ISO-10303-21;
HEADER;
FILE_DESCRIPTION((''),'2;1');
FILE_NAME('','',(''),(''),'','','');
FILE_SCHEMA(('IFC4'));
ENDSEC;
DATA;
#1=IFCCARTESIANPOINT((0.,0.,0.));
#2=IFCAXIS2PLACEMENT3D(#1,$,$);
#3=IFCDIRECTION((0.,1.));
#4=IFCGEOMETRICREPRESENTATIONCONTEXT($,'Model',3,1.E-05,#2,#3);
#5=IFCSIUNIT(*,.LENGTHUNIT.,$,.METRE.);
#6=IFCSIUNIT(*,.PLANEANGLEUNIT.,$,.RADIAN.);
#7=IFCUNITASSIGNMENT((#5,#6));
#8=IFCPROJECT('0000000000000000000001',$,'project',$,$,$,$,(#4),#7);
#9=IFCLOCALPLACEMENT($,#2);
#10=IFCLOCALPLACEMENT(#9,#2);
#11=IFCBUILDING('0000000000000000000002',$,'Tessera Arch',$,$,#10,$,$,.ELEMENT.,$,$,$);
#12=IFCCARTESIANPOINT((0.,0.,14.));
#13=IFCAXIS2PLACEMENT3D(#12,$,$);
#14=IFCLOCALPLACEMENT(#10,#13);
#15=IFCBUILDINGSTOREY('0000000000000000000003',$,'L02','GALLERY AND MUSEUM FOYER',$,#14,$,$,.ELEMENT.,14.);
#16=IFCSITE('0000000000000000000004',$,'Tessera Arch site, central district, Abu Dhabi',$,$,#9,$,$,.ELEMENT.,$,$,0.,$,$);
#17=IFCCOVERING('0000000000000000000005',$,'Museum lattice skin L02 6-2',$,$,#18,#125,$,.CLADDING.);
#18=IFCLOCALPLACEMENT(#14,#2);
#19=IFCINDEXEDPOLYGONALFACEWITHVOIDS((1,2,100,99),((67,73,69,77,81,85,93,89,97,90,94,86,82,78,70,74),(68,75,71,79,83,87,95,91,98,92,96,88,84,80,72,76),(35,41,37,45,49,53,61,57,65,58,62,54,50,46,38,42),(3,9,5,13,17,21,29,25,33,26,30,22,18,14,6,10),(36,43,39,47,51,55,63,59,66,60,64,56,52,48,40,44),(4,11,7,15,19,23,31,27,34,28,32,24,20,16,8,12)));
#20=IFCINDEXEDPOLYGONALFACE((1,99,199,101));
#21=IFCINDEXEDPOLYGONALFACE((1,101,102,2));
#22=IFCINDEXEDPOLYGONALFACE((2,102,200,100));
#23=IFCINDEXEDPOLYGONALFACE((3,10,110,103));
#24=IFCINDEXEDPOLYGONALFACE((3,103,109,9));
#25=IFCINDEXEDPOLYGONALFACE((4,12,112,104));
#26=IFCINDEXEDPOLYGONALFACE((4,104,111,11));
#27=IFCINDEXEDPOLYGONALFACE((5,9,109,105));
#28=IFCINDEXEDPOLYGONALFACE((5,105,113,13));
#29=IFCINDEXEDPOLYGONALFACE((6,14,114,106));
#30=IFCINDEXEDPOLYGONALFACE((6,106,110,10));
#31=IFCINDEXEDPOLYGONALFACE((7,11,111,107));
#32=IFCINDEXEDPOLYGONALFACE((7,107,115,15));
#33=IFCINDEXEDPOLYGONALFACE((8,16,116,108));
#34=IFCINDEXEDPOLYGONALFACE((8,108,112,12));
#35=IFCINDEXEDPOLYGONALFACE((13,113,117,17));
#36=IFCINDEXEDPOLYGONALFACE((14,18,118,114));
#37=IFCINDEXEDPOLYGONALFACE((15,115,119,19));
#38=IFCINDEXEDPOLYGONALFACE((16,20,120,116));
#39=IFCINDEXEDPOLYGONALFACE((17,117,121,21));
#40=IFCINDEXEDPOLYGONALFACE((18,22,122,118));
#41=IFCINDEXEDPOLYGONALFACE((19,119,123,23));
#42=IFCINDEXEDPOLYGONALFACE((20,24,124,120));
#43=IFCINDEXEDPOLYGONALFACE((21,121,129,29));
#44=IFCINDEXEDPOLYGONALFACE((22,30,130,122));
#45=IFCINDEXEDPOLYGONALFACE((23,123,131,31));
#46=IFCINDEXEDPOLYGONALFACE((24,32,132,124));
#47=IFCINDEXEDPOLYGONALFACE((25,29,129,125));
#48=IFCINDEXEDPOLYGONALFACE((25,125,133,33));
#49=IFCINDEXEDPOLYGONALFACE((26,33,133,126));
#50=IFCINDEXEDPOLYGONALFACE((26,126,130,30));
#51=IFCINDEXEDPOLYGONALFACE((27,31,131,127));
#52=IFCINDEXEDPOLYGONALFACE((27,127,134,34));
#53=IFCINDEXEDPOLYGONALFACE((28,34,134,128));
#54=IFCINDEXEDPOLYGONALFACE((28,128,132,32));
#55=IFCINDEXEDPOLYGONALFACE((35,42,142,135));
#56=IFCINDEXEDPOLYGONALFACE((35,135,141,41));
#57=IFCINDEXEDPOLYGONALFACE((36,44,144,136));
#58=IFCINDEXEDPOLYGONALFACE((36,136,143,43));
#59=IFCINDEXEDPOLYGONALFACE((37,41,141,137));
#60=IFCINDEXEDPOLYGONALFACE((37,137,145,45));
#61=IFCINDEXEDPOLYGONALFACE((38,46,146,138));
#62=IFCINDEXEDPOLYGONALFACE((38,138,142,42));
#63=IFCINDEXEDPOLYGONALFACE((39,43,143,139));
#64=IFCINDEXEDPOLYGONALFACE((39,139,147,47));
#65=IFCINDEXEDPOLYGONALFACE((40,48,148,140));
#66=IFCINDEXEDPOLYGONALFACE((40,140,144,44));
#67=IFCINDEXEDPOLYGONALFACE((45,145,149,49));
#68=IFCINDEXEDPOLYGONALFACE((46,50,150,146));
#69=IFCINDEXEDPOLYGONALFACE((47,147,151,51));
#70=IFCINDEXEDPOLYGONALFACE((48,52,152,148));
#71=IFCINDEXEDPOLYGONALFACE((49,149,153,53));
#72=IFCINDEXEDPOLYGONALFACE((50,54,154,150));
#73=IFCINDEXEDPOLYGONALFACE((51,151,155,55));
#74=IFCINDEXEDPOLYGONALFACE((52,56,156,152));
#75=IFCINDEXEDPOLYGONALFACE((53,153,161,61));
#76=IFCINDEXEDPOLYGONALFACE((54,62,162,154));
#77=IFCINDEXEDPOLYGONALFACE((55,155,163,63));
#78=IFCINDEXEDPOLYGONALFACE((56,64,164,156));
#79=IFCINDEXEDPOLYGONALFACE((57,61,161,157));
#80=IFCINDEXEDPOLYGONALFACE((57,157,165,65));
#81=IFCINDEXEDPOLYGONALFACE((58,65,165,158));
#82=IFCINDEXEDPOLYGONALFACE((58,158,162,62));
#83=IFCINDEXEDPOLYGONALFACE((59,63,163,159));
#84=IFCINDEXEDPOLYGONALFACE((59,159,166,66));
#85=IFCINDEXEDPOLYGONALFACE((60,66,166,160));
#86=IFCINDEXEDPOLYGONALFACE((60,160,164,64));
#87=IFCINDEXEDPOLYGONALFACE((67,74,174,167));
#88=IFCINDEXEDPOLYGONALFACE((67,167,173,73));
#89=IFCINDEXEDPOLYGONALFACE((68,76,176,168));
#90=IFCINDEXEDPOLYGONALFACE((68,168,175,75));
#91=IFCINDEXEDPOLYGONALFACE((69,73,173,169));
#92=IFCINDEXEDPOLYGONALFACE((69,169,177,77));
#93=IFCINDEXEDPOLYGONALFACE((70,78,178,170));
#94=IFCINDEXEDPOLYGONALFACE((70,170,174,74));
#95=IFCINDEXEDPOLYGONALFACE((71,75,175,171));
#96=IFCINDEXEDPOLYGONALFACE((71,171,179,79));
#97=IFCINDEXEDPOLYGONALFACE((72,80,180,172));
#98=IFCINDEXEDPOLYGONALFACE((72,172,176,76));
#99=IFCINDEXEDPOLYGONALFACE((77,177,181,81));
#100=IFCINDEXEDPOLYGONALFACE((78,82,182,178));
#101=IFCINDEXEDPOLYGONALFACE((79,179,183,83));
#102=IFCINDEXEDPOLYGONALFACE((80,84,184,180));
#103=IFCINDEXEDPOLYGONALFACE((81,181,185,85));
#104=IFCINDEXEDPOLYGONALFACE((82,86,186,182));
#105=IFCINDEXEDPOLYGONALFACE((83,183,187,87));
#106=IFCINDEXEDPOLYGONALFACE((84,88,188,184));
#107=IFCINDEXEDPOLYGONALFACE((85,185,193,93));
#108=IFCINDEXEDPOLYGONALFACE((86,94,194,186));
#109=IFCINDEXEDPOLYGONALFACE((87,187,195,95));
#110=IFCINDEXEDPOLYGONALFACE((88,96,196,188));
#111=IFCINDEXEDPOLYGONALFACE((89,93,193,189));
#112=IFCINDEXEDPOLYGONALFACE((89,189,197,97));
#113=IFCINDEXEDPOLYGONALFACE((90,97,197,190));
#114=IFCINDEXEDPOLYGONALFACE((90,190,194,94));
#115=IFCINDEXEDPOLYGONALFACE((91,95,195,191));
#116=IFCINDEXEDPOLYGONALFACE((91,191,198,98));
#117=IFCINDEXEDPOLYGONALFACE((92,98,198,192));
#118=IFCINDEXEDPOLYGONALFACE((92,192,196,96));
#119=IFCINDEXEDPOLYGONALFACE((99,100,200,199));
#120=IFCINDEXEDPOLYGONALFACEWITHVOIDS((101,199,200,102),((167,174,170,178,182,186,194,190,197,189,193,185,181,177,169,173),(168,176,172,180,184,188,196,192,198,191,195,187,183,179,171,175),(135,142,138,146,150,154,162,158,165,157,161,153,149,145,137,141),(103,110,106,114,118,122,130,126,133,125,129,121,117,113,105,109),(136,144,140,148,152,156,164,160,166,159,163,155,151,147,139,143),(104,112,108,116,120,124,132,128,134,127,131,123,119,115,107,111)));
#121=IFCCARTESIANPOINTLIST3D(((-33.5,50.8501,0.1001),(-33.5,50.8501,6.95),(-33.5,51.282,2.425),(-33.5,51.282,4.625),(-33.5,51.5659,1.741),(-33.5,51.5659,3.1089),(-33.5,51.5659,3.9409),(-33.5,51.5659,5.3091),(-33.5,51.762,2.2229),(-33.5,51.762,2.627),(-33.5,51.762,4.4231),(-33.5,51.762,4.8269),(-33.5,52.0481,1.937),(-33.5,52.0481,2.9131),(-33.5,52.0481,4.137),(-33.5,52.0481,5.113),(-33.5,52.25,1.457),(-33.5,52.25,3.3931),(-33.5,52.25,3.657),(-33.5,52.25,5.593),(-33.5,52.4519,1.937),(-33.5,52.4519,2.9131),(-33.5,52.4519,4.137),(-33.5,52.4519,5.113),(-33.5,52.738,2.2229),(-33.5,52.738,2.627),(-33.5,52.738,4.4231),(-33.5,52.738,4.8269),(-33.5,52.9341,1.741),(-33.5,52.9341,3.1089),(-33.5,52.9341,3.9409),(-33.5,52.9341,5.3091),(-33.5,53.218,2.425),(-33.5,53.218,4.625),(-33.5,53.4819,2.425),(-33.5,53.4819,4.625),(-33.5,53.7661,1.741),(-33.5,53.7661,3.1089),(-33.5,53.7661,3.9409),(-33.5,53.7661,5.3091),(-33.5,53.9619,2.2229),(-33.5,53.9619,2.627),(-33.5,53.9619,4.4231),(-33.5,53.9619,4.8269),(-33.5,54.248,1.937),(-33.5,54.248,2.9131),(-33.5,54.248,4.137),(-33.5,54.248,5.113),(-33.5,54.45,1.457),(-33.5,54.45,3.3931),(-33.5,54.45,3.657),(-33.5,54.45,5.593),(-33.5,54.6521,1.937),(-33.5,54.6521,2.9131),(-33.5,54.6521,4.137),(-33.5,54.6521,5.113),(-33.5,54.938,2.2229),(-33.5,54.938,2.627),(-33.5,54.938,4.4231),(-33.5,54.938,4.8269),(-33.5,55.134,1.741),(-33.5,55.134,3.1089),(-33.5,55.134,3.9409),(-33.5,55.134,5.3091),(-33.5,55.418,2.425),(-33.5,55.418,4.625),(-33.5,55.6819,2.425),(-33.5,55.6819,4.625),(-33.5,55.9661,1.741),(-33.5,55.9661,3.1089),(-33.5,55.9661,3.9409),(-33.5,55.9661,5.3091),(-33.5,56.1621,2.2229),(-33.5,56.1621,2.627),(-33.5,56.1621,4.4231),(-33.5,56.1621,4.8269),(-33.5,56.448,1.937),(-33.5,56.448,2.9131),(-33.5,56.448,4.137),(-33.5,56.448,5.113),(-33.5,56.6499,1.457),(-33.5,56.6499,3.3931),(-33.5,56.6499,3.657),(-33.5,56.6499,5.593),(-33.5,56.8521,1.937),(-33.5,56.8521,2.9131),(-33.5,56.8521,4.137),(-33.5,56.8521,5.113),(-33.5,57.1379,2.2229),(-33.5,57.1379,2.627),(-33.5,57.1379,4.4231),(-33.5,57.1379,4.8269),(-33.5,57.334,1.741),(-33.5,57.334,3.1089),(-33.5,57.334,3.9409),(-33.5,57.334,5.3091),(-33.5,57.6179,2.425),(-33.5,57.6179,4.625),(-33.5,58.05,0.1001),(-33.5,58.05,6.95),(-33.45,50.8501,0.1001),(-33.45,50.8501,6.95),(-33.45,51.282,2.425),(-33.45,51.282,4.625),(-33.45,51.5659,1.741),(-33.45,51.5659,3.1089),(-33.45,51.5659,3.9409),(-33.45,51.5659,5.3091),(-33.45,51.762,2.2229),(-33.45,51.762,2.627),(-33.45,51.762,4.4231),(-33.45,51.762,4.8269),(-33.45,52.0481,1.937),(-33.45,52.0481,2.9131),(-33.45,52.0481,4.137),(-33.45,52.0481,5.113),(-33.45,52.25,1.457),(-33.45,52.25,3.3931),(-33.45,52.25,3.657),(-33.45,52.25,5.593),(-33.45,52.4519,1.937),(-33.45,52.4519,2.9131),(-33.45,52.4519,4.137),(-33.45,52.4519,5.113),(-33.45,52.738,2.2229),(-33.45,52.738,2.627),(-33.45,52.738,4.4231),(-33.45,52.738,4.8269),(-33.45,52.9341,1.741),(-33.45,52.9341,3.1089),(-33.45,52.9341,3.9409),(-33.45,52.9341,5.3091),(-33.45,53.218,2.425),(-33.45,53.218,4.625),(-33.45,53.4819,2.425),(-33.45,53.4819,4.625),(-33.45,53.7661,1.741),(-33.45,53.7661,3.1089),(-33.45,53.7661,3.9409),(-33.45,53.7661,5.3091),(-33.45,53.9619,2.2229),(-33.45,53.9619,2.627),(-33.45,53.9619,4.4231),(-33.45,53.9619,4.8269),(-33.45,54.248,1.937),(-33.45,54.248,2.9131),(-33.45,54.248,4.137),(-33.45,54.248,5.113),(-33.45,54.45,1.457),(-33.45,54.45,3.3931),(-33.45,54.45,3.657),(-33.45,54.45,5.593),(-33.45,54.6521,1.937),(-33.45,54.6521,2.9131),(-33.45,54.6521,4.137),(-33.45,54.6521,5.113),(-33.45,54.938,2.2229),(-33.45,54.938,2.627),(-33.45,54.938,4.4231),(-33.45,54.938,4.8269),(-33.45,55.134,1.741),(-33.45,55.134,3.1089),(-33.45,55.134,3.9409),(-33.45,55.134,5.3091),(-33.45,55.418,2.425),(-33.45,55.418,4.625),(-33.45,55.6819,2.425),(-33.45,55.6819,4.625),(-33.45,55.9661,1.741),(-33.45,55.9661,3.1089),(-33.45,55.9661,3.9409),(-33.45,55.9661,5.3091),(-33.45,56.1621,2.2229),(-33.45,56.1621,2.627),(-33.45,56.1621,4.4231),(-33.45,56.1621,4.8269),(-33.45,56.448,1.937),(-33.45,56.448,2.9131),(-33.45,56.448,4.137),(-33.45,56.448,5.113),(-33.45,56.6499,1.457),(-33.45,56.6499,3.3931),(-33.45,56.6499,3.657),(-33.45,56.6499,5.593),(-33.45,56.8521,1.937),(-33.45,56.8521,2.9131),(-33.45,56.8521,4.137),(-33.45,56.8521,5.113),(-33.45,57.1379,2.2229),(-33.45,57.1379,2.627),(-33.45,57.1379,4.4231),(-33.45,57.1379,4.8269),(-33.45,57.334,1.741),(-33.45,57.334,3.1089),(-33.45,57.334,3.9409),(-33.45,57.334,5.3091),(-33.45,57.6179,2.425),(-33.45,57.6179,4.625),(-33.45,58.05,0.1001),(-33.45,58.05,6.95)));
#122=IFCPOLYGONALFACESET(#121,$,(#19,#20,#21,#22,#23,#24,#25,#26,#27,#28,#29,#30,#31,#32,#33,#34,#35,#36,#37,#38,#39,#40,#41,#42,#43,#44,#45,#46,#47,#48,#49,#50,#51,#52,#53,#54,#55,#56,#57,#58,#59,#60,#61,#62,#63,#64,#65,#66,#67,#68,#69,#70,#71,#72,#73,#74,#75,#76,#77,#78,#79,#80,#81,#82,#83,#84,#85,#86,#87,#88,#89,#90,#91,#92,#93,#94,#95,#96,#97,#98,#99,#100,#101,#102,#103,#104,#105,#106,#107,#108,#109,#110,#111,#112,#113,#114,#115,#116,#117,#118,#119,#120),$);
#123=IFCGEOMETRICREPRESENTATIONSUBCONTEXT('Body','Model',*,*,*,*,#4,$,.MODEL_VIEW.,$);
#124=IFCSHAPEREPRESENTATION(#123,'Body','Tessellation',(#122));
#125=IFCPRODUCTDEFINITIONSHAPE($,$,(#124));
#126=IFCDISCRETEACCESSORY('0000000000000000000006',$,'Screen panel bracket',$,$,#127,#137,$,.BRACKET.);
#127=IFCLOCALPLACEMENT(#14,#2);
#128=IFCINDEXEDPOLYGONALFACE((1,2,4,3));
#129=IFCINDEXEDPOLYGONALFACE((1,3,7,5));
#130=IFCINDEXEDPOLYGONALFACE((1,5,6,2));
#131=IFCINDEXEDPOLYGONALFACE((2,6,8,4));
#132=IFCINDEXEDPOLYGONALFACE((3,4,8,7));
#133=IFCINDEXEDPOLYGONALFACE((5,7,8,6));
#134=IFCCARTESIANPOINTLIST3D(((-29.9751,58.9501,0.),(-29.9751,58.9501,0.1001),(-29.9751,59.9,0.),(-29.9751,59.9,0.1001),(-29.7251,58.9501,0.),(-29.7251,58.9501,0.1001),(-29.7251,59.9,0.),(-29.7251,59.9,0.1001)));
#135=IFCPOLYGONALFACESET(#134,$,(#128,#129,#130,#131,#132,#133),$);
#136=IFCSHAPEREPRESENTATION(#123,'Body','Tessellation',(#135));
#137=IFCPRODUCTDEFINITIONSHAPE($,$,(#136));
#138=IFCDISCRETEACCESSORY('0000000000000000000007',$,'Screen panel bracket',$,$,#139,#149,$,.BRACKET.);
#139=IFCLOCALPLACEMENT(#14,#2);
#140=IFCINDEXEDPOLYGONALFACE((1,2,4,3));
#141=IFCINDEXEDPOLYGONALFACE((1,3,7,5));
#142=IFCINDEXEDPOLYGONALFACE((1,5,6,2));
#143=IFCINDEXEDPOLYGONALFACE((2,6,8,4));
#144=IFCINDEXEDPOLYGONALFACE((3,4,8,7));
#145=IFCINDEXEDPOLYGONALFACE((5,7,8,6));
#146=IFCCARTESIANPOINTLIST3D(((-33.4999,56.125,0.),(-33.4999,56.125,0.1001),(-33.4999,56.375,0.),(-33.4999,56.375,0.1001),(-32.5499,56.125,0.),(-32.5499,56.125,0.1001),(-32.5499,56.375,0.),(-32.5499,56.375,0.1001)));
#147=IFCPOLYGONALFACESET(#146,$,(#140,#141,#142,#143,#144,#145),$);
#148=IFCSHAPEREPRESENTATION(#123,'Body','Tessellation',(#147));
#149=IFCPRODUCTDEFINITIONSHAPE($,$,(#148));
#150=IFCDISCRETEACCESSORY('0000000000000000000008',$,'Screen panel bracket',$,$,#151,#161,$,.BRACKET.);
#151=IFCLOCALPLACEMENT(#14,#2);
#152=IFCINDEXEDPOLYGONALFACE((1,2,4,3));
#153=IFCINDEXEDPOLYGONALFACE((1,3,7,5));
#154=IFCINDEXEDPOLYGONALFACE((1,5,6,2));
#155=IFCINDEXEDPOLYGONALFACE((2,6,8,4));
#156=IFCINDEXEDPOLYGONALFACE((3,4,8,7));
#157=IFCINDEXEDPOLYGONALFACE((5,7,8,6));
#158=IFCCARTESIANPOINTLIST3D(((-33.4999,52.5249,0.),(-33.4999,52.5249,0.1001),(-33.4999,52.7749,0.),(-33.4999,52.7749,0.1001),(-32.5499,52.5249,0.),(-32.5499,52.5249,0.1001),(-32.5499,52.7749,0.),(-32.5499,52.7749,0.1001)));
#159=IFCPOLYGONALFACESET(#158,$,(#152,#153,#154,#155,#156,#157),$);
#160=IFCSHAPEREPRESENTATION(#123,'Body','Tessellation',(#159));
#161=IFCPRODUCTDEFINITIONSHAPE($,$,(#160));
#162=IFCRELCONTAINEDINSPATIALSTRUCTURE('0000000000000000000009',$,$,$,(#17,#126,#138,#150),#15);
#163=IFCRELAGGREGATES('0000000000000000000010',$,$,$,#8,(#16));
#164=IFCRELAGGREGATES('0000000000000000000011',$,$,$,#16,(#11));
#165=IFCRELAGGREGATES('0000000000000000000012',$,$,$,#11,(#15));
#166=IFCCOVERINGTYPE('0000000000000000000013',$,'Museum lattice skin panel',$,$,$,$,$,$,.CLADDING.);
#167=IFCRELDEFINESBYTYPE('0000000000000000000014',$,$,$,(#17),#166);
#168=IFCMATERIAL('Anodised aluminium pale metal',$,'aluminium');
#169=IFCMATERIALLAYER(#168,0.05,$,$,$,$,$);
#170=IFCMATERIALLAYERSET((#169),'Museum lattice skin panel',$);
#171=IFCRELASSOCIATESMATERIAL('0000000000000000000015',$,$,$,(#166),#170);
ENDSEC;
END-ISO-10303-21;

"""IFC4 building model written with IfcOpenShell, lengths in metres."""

from ifc_helpers import new_model, si_unit, direction, frame, origin, origin_2d, place, context, subcontext, project, spatial, polyline, rectangle, outline, extrude, material, layer, layer_set, type_object, element, save


model = new_model("IFC4")

# Units and contexts
model_context = context("Model", 3, precision=1e-05, world=origin(), true_north=direction((0.0, 1.0)))
body_context = subcontext(model_context, "Body", "Model", "MODEL_VIEW")
ifc_project = project(units=[si_unit("LENGTHUNIT", "METRE"), si_unit("PLANEANGLEUNIT", "RADIAN")], contexts=[model_context])

# Site, building, storey
site_placement = place(None, origin())
site = spatial("IfcSite", under=ifc_project, at=site_placement, Name="Tessera Arch site, central district, Abu Dhabi", CompositionType="ELEMENT", RefElevation=0.0)
building_placement = place(site_placement, origin())
building = spatial("IfcBuilding", under=site, at=building_placement, Name="Tessera Arch", CompositionType="ELEMENT")
storey_placement = place(building_placement, frame((0.0, 0.0, 14.0)))
storey = spatial("IfcBuildingStorey", under=building, at=storey_placement, Name="L02", Description="GALLERY AND MUSEUM FOYER", CompositionType="ELEMENT", Elevation=14.0)

# Covering
ifc_material_1 = material(Name="Anodised aluminium pale metal", Category="aluminium")
ifc_layer_1 = layer(ifc_material_1, 0.05)
ifc_layer_set_1 = layer_set([ifc_layer_1], Name="Museum lattice skin panel")
covering_type = type_object("IfcCoveringType", Name="Museum lattice skin panel", PredefinedType="CLADDING", material=ifc_layer_set_1)
covering_placement = place(storey_placement, frame((-33.45, 58.05, 6.95), z_axis=(1.0, 0.0, 0.0), x_axis=(0.0, -1.0, 0.0)))
element("IfcCovering", 1, at=covering_placement, inside=storey, type_object=covering_type, Name="Museum lattice skin L02 6-2", PredefinedType="CLADDING", context=body_context, shape_type="SweptSolid", body=[
    extrude(outline(polyline([(0.0, 0.0), (7.2, 0.0), (7.2, 6.8499), (0.0, 6.8499), (0.0, 0.0)]), holes=[polyline([(2.3682, 4.5249), (1.8879, 4.323), (2.084, 3.8411), (1.6021, 4.0369), (1.4001, 3.5569), (1.198, 4.0369), (0.7161, 3.8411), (0.9121, 4.323), (0.4321, 4.5249), (0.9121, 4.7271), (0.7161, 5.209), (1.198, 5.0129), (1.4001, 5.4929), (1.6021, 5.0129), (2.084, 5.209), (1.8879, 4.7271), (2.3682, 4.5249)]), polyline([(2.3682, 2.325), (1.8879, 2.123), (2.084, 1.6409), (1.6021, 1.8369), (1.4001, 1.3569), (1.198, 1.8369), (0.7161, 1.6409), (0.9121, 2.123), (0.4321, 2.325), (0.9121, 2.5269), (0.7161, 3.009), (1.198, 2.813), (1.4001, 3.293), (1.6021, 2.813), (2.084, 3.009), (1.8879, 2.5269), (2.3682, 2.325)]), polyline([(4.5681, 4.5249), (4.0881, 4.323), (4.2839, 3.8411), (3.802, 4.0369), (3.6001, 3.5569), (3.3979, 4.0369), (2.916, 3.8411), (3.1121, 4.323), (2.6321, 4.5249), (3.1121, 4.7271), (2.916, 5.209), (3.3979, 5.0129), (3.6001, 5.4929), (3.802, 5.0129), (4.2839, 5.209), (4.0881, 4.7271), (4.5681, 4.5249)]), polyline([(4.5681, 2.325), (4.0881, 2.123), (4.2839, 1.6409), (3.802, 1.8369), (3.6001, 1.3569), (3.3979, 1.8369), (2.916, 1.6409), (3.1121, 2.123), (2.6321, 2.325), (3.1121, 2.5269), (2.916, 3.009), (3.3979, 2.813), (3.6001, 3.293), (3.802, 2.813), (4.2839, 3.009), (4.0881, 2.5269), (4.5681, 2.325)]), polyline([(6.7681, 4.5249), (6.2881, 4.323), (6.4841, 3.8411), (6.002, 4.0369), (5.8, 3.5569), (5.5981, 4.0369), (5.116, 3.8411), (5.312, 4.323), (4.832, 4.5249), (5.312, 4.7271), (5.116, 5.209), (5.5981, 5.0129), (5.8, 5.4929), (6.002, 5.0129), (6.4841, 5.209), (6.2881, 4.7271), (6.7681, 4.5249)]), polyline([(6.7681, 2.325), (6.2881, 2.123), (6.4841, 1.6409), (6.002, 1.8369), (5.8, 1.3569), (5.5981, 1.8369), (5.116, 1.6409), (5.312, 2.123), (4.832, 2.325), (5.312, 2.5269), (5.116, 3.009), (5.5981, 2.813), (5.8, 3.293), (6.002, 2.813), (6.4841, 3.009), (6.2881, 2.5269), (6.7681, 2.325)])]), origin(), (0.0, 0.0, -1.0), 0.05),
])

# Discrete accessories
for number, where, z_axis, x_axis, name in (
    (2, (-29.8501, 59.425, 0.0), (0.0, 0.0, 1.0), (0.0, 1.0, 0.0), "Screen panel bracket"),
    (3, (-33.0249, 56.25, 0.0), (0.0, 0.0, 1.0), (-1.0, 0.0, 0.0), "Screen panel bracket"),
    (4, (-33.0249, 52.6499, 0.0), (0.0, 0.0, 1.0), (-1.0, 0.0, 0.0), "Screen panel bracket"),
):
    element("IfcDiscreteAccessory", number, at=place(storey_placement, frame(where, z_axis=z_axis, x_axis=x_axis)), inside=storey, Name=name, PredefinedType="BRACKET", context=body_context, shape_type="SweptSolid", body=[
        extrude(rectangle(XDim=0.95, YDim=0.25, at=origin_2d()), origin(), (0.0, 0.0, 1.0), 0.1001),
    ])

save(model, "model.ifc")
